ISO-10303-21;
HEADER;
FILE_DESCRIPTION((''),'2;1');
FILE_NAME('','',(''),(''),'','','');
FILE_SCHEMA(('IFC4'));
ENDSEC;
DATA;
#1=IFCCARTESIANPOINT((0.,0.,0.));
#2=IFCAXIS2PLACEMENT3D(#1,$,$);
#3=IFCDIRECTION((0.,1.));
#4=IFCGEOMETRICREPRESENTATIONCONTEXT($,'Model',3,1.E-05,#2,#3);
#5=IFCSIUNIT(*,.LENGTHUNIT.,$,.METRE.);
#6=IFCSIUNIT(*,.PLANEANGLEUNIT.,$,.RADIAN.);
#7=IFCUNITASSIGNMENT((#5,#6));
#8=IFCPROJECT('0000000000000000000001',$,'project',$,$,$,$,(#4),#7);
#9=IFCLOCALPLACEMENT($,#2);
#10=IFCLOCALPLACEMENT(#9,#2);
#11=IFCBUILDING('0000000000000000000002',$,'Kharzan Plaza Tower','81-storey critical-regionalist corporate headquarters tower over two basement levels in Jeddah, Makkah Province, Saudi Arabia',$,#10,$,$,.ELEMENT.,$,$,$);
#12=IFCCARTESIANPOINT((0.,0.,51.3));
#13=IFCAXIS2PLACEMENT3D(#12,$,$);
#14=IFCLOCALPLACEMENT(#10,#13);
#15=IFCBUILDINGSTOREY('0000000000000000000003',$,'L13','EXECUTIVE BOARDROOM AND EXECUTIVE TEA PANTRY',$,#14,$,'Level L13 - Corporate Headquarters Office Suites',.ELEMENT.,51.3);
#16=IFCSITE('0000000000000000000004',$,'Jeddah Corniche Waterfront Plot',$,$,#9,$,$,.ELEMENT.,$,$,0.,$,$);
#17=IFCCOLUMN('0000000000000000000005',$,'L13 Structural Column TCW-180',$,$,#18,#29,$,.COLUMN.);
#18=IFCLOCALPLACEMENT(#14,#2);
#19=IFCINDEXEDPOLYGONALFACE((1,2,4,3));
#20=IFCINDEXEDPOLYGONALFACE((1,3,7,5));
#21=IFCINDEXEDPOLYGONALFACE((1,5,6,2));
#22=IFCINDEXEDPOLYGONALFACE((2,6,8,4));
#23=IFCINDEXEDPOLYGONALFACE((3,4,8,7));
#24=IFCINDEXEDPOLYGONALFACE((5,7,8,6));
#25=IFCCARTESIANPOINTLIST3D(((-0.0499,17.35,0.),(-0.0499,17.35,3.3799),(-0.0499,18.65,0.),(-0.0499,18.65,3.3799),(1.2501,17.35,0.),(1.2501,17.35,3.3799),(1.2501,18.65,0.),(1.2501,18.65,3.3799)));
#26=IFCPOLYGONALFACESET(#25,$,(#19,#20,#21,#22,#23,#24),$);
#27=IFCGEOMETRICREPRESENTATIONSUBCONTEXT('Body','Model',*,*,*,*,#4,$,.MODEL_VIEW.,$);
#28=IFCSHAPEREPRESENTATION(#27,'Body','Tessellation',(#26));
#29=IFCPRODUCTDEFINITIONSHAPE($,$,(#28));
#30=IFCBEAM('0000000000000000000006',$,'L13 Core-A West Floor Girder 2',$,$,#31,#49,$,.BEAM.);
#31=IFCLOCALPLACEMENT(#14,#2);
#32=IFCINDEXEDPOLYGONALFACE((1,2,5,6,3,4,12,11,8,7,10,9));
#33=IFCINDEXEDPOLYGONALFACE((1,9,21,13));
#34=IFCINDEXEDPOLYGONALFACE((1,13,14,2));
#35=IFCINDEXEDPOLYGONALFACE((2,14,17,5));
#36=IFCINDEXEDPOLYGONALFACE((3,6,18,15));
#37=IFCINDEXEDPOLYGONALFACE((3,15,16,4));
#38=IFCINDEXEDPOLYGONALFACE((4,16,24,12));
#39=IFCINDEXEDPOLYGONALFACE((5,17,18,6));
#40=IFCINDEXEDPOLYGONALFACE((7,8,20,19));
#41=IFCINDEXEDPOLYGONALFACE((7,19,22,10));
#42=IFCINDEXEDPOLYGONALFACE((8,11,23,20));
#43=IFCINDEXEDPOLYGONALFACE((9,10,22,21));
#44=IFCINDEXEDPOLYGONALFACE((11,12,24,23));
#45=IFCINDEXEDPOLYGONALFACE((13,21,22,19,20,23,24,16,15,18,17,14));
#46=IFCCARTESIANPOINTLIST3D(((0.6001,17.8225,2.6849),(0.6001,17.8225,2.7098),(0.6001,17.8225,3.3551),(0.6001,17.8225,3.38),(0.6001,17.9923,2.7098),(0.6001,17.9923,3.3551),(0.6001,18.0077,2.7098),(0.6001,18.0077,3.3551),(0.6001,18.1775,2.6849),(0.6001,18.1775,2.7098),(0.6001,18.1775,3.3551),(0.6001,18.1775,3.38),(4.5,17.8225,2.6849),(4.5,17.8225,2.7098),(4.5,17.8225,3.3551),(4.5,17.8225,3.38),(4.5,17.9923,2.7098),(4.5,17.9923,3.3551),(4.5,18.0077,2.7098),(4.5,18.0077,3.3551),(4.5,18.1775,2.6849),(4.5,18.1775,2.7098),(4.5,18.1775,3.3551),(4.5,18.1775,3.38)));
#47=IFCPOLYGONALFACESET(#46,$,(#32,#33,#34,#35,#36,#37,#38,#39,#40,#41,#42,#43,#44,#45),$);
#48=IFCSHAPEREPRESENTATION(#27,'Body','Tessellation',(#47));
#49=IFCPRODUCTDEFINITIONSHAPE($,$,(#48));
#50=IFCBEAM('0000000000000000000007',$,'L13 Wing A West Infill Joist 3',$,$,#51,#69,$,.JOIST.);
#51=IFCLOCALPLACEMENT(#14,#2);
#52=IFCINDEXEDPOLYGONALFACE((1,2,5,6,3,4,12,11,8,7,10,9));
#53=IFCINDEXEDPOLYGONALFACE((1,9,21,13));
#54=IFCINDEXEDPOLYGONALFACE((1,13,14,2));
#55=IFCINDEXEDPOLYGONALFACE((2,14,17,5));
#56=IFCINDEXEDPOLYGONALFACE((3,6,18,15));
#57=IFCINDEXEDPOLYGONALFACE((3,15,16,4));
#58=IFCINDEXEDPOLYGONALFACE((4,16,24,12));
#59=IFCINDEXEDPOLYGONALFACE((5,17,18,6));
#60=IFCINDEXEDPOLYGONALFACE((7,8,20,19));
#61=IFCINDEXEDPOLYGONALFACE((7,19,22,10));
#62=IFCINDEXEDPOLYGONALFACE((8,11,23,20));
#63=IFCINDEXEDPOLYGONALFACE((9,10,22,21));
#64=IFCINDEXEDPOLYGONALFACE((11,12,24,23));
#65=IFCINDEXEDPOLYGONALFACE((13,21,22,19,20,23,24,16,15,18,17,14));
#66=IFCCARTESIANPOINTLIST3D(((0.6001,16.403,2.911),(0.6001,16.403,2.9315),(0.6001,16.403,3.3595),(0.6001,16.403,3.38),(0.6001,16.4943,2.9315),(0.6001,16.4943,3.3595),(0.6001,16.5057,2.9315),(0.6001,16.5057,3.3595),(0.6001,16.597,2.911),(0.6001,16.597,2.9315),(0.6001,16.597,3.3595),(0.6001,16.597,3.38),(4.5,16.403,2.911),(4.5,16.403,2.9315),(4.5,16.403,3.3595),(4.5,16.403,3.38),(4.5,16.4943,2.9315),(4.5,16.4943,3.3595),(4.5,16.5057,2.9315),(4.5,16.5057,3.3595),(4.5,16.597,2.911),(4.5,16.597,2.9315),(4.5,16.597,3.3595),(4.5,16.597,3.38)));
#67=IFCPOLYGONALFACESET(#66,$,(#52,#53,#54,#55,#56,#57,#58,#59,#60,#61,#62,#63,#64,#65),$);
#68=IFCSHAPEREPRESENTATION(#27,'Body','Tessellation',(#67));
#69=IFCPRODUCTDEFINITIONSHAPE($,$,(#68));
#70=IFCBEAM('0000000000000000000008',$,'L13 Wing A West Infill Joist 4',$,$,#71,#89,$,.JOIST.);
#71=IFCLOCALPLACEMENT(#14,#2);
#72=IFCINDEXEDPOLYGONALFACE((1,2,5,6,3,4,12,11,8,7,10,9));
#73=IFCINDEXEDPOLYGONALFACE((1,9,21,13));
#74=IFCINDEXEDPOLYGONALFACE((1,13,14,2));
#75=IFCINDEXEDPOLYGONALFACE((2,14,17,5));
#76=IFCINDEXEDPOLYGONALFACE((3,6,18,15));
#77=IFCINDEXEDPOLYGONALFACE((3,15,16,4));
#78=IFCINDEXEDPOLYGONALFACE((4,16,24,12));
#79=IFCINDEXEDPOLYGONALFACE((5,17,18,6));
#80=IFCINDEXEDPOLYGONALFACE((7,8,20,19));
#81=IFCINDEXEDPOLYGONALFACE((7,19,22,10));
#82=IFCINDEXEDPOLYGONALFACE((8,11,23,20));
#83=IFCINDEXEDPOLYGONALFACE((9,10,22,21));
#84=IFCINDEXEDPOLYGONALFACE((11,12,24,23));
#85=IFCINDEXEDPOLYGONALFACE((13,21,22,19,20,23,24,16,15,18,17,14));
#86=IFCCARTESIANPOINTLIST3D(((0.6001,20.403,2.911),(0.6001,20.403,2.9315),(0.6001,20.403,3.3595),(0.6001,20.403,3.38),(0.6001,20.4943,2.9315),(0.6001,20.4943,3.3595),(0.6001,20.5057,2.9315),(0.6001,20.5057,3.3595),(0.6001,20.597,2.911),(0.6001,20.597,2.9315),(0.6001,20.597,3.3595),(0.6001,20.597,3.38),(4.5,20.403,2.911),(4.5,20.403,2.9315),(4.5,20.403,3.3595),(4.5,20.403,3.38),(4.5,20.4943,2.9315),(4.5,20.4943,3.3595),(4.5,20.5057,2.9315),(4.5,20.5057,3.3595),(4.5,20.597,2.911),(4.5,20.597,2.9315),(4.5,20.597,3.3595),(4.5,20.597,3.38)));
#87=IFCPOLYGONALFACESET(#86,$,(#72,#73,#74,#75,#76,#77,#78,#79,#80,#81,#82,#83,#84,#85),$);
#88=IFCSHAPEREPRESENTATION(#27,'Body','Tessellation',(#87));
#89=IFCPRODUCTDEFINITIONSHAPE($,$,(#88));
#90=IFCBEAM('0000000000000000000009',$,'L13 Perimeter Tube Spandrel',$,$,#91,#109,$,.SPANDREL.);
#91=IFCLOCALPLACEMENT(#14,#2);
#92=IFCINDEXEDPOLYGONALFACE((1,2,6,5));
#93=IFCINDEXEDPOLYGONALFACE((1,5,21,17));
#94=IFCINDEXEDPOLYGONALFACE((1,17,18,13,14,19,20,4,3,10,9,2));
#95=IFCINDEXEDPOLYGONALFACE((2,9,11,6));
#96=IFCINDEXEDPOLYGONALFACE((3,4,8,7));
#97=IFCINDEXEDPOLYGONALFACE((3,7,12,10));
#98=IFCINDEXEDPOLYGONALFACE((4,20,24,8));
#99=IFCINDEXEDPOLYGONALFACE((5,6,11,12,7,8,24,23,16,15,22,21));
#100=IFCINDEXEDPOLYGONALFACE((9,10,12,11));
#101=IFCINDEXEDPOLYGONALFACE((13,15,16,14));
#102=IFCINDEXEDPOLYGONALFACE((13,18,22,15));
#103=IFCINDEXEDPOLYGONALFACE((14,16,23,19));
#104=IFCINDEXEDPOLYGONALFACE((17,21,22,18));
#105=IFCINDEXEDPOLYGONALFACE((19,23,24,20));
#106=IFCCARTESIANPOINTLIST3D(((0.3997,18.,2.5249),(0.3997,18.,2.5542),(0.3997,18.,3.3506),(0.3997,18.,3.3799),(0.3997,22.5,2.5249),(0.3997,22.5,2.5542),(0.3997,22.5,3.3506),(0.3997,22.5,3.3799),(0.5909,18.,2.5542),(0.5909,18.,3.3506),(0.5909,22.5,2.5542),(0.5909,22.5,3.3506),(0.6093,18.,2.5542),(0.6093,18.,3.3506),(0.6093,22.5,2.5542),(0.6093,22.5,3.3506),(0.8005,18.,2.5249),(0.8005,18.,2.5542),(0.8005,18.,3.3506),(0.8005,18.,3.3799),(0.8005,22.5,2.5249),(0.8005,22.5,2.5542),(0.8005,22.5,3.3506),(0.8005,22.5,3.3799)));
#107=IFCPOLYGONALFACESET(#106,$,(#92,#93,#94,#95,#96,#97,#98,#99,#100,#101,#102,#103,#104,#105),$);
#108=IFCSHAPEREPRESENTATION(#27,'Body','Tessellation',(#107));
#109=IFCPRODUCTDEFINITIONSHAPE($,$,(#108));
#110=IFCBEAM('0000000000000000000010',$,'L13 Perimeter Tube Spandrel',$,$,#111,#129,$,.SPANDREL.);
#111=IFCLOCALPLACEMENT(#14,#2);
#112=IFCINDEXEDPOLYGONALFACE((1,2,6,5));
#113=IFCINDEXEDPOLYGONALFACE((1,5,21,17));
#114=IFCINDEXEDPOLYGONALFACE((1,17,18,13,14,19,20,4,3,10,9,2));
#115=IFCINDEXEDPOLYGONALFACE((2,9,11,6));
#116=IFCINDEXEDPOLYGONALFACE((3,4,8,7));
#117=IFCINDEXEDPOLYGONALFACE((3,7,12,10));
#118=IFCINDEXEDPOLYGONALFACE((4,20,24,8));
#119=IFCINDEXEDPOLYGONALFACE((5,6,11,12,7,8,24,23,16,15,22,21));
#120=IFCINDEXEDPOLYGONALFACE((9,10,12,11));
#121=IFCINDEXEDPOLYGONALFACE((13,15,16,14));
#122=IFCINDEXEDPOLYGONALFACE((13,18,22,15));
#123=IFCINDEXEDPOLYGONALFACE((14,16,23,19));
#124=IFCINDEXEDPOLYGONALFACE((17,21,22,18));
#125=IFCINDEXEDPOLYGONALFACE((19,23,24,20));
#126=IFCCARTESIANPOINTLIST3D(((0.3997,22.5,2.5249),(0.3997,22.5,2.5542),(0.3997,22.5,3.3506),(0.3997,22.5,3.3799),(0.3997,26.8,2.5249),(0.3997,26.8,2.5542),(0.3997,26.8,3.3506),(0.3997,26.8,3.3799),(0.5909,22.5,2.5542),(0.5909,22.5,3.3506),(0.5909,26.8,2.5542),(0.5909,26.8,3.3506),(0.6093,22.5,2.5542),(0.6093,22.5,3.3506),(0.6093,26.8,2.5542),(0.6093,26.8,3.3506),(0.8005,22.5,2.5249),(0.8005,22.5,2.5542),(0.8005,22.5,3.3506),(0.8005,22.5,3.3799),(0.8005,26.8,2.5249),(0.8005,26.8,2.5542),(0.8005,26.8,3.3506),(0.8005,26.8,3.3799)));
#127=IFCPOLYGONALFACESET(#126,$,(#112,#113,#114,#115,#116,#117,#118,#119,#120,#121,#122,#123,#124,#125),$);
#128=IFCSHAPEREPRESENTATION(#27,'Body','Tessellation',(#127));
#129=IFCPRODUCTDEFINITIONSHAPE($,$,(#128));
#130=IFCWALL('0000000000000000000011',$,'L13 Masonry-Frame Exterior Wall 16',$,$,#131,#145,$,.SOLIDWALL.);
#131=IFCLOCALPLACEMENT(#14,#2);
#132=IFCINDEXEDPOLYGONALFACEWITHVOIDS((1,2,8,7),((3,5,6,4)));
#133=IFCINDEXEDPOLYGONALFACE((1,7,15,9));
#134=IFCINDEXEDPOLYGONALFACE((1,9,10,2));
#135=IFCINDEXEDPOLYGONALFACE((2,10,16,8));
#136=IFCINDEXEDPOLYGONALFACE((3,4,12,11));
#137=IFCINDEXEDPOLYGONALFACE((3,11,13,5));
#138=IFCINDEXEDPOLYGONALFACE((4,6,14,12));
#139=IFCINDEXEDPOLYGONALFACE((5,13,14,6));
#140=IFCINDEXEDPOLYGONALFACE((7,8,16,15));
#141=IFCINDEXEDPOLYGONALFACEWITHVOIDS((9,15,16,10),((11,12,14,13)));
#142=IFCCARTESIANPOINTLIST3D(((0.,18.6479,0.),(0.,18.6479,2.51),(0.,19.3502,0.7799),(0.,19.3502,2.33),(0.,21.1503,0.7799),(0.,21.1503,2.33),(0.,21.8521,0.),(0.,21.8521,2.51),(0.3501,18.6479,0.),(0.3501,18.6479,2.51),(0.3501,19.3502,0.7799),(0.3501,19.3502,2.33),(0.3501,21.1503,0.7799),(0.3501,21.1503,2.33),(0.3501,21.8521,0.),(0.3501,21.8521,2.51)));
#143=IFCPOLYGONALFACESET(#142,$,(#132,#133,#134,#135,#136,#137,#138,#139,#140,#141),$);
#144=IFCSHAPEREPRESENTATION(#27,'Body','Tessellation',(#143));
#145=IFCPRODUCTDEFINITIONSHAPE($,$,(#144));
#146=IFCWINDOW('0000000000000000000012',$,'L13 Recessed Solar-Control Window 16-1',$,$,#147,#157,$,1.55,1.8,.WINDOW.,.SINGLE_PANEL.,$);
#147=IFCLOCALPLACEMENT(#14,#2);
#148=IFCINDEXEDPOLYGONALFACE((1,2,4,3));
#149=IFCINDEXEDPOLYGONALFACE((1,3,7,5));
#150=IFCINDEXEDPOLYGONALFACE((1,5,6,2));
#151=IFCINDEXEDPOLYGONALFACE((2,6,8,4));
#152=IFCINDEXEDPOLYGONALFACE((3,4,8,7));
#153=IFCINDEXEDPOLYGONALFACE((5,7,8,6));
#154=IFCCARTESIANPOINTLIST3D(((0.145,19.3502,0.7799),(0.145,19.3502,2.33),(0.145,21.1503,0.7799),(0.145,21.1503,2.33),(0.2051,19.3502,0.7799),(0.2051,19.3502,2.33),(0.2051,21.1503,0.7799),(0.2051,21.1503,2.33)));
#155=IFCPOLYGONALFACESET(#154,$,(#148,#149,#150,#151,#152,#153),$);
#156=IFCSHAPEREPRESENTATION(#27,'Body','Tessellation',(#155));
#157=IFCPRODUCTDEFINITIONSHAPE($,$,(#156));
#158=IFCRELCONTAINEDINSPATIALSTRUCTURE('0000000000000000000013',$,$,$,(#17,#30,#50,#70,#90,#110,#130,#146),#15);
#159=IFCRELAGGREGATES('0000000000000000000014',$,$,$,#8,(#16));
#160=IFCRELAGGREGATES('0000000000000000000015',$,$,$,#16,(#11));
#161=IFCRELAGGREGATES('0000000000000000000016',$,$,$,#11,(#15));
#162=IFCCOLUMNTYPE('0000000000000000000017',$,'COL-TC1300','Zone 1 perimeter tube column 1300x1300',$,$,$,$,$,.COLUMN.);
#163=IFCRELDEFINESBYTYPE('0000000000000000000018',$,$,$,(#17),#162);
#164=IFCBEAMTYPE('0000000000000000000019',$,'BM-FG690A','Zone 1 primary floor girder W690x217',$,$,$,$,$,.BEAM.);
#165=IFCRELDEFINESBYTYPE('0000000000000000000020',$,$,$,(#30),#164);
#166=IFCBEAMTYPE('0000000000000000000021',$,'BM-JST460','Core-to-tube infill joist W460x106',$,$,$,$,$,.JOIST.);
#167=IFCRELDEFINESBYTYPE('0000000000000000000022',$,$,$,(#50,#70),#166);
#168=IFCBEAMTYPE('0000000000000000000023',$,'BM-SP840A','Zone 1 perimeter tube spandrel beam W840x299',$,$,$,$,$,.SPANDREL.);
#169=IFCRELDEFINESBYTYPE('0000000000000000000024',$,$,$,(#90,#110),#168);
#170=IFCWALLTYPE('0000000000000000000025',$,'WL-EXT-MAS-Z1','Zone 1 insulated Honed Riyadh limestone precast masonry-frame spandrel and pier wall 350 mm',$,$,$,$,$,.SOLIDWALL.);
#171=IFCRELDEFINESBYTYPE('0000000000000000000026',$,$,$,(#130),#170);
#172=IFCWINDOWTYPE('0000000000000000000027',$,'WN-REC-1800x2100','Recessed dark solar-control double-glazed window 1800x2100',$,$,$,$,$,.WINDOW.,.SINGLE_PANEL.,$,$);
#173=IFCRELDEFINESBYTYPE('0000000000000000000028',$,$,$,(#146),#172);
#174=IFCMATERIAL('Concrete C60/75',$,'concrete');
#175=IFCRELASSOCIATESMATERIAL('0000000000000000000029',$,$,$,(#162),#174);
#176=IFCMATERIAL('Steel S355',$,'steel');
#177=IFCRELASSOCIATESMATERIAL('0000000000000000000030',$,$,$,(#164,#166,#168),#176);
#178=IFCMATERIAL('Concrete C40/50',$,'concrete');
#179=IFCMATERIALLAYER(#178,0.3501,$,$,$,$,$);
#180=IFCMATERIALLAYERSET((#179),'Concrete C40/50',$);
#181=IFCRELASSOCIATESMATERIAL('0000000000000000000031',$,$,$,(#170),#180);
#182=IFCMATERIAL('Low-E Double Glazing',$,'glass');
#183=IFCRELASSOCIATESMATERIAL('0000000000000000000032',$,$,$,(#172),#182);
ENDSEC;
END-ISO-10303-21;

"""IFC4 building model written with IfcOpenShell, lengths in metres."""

from ifc_helpers import new_model, si_unit, direction, frame, frame_2d, origin, origin_2d, place, context, subcontext, project, spatial, rectangle, i_section, extrude, source, transform, mapped, material, layer, layer_set, material_profile, profile_set, type_object, element, fill, save


model = new_model("IFC4")

# Units and contexts
model_context = context("Model", 3, precision=1e-05, world=origin(), true_north=direction((0.0, 1.0)))
body_context = subcontext(model_context, "Body", "Model", "MODEL_VIEW")
ifc_project = project(units=[si_unit("LENGTHUNIT", "METRE"), si_unit("PLANEANGLEUNIT", "RADIAN")], contexts=[model_context])

# Site, building, storey
site_placement = place(None, origin())
site = spatial("IfcSite", under=ifc_project, at=site_placement, Name="Jeddah Corniche Waterfront Plot", CompositionType="ELEMENT", RefElevation=0.0)
building_placement = place(site_placement, origin())
building = spatial("IfcBuilding", under=site, at=building_placement, Name="Kharzan Plaza Tower", Description="81-storey critical-regionalist corporate headquarters tower over two basement levels in Jeddah, Makkah Province, Saudi Arabia", CompositionType="ELEMENT")
storey_placement = place(building_placement, frame((0.0, 0.0, 51.3)))
storey = spatial("IfcBuildingStorey", under=building, at=storey_placement, Name="L13", Description="EXECUTIVE BOARDROOM AND EXECUTIVE TEA PANTRY", LongName="Level L13 - Corporate Headquarters Office Suites", CompositionType="ELEMENT", Elevation=51.3)

# Column
ifc_material_1 = material(Name="Concrete C60/75", Category="concrete")
ifc_material_profile_1 = material_profile(ifc_material_1, rectangle(XDim=1.3, YDim=1.3, at=origin_2d()), Name="RC-TC1300x1300")
ifc_profile_set_1 = profile_set([ifc_material_profile_1], Name="Concrete C60/75")
column_type = type_object("IfcColumnType", Name="COL-TC1300", Description="Zone 1 perimeter tube column 1300x1300", PredefinedType="COLUMN", material=ifc_profile_set_1)
shared_shape_1 = source(origin(), body_context, "Body", "SweptSolid", [
    extrude(rectangle(XDim=1.3, YDim=1.3, at=origin_2d()), origin(), (0.0, 0.0, 1.0), 3.3799),
])
column_placement = place(storey_placement, frame((0.6001, 18.0, 0.0), z_axis=(0.0, 0.0, 1.0), x_axis=(1.0, 0.0, 0.0)))
element("IfcColumn", 1, at=column_placement, inside=storey, type_object=column_type, Name="L13 Structural Column TCW-180", PredefinedType="COLUMN", context=body_context, shape_type="MappedRepresentation", body=[
    mapped(shared_shape_1, transform((0.0, 0.0, 0.0), x_axis=(1.0, 0.0, 0.0), y_axis=(0.0, 1.0, 0.0), z_axis=(0.0, 0.0, 1.0))),
])

# Beams
ifc_material_2 = material(Name="Steel S355", Category="steel")
ifc_material_profile_2 = material_profile(ifc_material_2, i_section(OverallWidth=0.355, OverallDepth=0.6951, WebThickness=0.0154, FlangeThickness=0.0249, at=origin_2d()), Name="W690x217")
ifc_profile_set_2 = profile_set([ifc_material_profile_2], Name="Steel S355")
beam_type_1 = type_object("IfcBeamType", Name="BM-FG690A", Description="Zone 1 primary floor girder W690x217", PredefinedType="BEAM", material=ifc_profile_set_2)
shared_shape_2 = source(origin(), body_context, "Body", "SweptSolid", [
    extrude(i_section(OverallWidth=0.355, OverallDepth=0.6951, WebThickness=0.0154, FlangeThickness=0.0249, at=origin_2d()), origin(), (0.0, 0.0, 1.0), 3.8999),
])
beam_1_placement = place(storey_placement, frame((0.6001, 18.0, 3.0325), z_axis=(1.0, 0.0, 0.0), x_axis=(0.0, 1.0, 0.0)))
element("IfcBeam", 2, at=beam_1_placement, inside=storey, type_object=beam_type_1, Name="L13 Core-A West Floor Girder 2", PredefinedType="BEAM", context=body_context, shape_type="MappedRepresentation", body=[
    mapped(shared_shape_2, transform((0.0, 0.0, 0.0), x_axis=(1.0, 0.0, 0.0), y_axis=(0.0, 1.0, 0.0), z_axis=(0.0, 0.0, 1.0))),
])
ifc_material_profile_3 = material_profile(ifc_material_2, i_section(OverallWidth=0.1941, OverallDepth=0.469, WebThickness=0.0115, FlangeThickness=0.0205, at=origin_2d()), Name="W460x106")
ifc_profile_set_3 = profile_set([ifc_material_profile_3], Name="Steel S355")
beam_type_2 = type_object("IfcBeamType", Name="BM-JST460", Description="Core-to-tube infill joist W460x106", PredefinedType="JOIST", material=ifc_profile_set_3)
shared_shape_3 = source(origin(), body_context, "Body", "SweptSolid", [
    extrude(i_section(OverallWidth=0.1941, OverallDepth=0.469, WebThickness=0.0115, FlangeThickness=0.0205, at=origin_2d()), origin(), (0.0, 0.0, 1.0), 3.8999),
])
for number, where, z_axis, x_axis, name in (
    (3, (0.6001, 16.5, 3.1455), (1.0, 0.0, 0.0), (0.0, 1.0, 0.0), "L13 Wing A West Infill Joist 3"),
    (4, (0.6001, 20.5, 3.1455), (1.0, 0.0, 0.0), (0.0, 1.0, 0.0), "L13 Wing A West Infill Joist 4"),
):
    element("IfcBeam", number, at=place(storey_placement, frame(where, z_axis=z_axis, x_axis=x_axis)), inside=storey, type_object=beam_type_2, Name=name, PredefinedType="JOIST", context=body_context, shape_type="MappedRepresentation", body=[
        mapped(shared_shape_3, transform((0.0, 0.0, 0.0), x_axis=(1.0, 0.0, 0.0), y_axis=(0.0, 1.0, 0.0), z_axis=(0.0, 0.0, 1.0))),
    ])
ifc_material_profile_4 = material_profile(ifc_material_2, i_section(OverallWidth=0.4009, OverallDepth=0.855, WebThickness=0.0183, FlangeThickness=0.0293, at=origin_2d()), Name="W840x299")
ifc_profile_set_4 = profile_set([ifc_material_profile_4], Name="Steel S355")
beam_type_3 = type_object("IfcBeamType", Name="BM-SP840A", Description="Zone 1 perimeter tube spandrel beam W840x299", PredefinedType="SPANDREL", material=ifc_profile_set_4)
shared_shape_4 = source(origin(), body_context, "Body", "SweptSolid", [
    extrude(i_section(OverallWidth=0.4009, OverallDepth=0.855, WebThickness=0.0183, FlangeThickness=0.0293, at=origin_2d()), origin(), (0.0, 0.0, 1.0), 4.5),
])
beam_2_placement = place(storey_placement, frame((0.6001, 18.0, 2.9524), z_axis=(0.0, 1.0, 0.0), x_axis=(-1.0, 0.0, 0.0)))
element("IfcBeam", 5, at=beam_2_placement, inside=storey, type_object=beam_type_3, Name="L13 Perimeter Tube Spandrel", PredefinedType="SPANDREL", context=body_context, shape_type="MappedRepresentation", body=[
    mapped(shared_shape_4, transform((0.0, 0.0, 0.0), x_axis=(1.0, 0.0, 0.0), y_axis=(0.0, 1.0, 0.0), z_axis=(0.0, 0.0, 1.0))),
])
shared_shape_5 = source(origin(), body_context, "Body", "SweptSolid", [
    extrude(i_section(OverallWidth=0.4009, OverallDepth=0.855, WebThickness=0.0183, FlangeThickness=0.0293, at=origin_2d()), origin(), (0.0, 0.0, 1.0), 4.3),
])
beam_3_placement = place(storey_placement, frame((0.6001, 22.5, 2.9524), z_axis=(0.0, 1.0, 0.0), x_axis=(-1.0, 0.0, 0.0)))
element("IfcBeam", 6, at=beam_3_placement, inside=storey, type_object=beam_type_3, Name="L13 Perimeter Tube Spandrel", PredefinedType="SPANDREL", context=body_context, shape_type="MappedRepresentation", body=[
    mapped(shared_shape_5, transform((0.0, 0.0, 0.0), x_axis=(1.0, 0.0, 0.0), y_axis=(0.0, 1.0, 0.0), z_axis=(0.0, 0.0, 1.0))),
])

# Wall, opening, window
ifc_material_3 = material(Name="Concrete C40/50", Category="concrete")
ifc_layer_1 = layer(ifc_material_3, 0.3501)
ifc_layer_set_1 = layer_set([ifc_layer_1], Name="Concrete C40/50")
wall_type_1 = type_object("IfcWallType", Name="WL-EXT-MAS-Z1", Description="Zone 1 insulated Honed Riyadh limestone precast masonry-frame spandrel and pier wall 350 mm", PredefinedType="SOLIDWALL", material=ifc_layer_set_1)
wall_1_placement = place(storey_placement, frame((0.175, 21.8521, 0.0), z_axis=(0.0, 0.0, 1.0), x_axis=(0.0, -1.0, 0.0)))
wall_1 = element("IfcWall", 7, at=wall_1_placement, inside=storey, type_object=wall_type_1, Name="L13 Masonry-Frame Exterior Wall 16", PredefinedType="SOLIDWALL", context=body_context, shape_type="SweptSolid", body=[
    extrude(rectangle(XDim=3.2041, YDim=0.3501, at=frame_2d((1.6021, 0.0))), origin(), (0.0, 0.0, 1.0), 2.51),
])
opening_1_placement = place(wall_1_placement, frame((0.7019, 0.0, 0.78)))
opening_1 = element("IfcOpeningElement", 8, at=opening_1_placement, cuts=wall_1, PredefinedType="OPENING", context=body_context, shape_type="SweptSolid", body=[
    extrude(rectangle(XDim=1.8, YDim=1.55, at=frame_2d((0.8999, 0.7749))), frame((0.0, 0.1851, 0.0), z_axis=(0.0, -1.0, 0.0), x_axis=(1.0, 0.0, 0.0)), (0.0, 0.0, 1.0), 0.3701),
])
ifc_material_4 = material(Name="Low-E Double Glazing", Category="glass")
window_type = type_object("IfcWindowType", Name="WN-REC-1800x2100", Description="Recessed dark solar-control double-glazed window 1800x2100", PartitioningType="SINGLE_PANEL", PredefinedType="WINDOW", material=ifc_material_4)
shared_shape_6 = source(origin(), body_context, "Body", "SweptSolid", [
    extrude(rectangle(XDim=1.8, YDim=1.55, at=frame_2d((0.8999, 0.7749))), frame((0.0, 0.03, 0.0), z_axis=(0.0, -1.0, 0.0), x_axis=(1.0, 0.0, 0.0)), (0.0, 0.0, 1.0), 0.0601),
])
window_1_placement = place(opening_1_placement, origin())
window_1 = element("IfcWindow", 9, at=window_1_placement, inside=storey, type_object=window_type, Name="L13 Recessed Solar-Control Window 16-1", OverallHeight=1.55, OverallWidth=1.8, PartitioningType="SINGLE_PANEL", PredefinedType="WINDOW", context=body_context, shape_type="MappedRepresentation", body=[
    mapped(shared_shape_6, transform((0.0, 0.0, 0.0), x_axis=(1.0, 0.0, 0.0), y_axis=(0.0, 1.0, 0.0), z_axis=(0.0, 0.0, 1.0))),
])
fill(opening_1, window_1)

save(model, "model.ifc")
